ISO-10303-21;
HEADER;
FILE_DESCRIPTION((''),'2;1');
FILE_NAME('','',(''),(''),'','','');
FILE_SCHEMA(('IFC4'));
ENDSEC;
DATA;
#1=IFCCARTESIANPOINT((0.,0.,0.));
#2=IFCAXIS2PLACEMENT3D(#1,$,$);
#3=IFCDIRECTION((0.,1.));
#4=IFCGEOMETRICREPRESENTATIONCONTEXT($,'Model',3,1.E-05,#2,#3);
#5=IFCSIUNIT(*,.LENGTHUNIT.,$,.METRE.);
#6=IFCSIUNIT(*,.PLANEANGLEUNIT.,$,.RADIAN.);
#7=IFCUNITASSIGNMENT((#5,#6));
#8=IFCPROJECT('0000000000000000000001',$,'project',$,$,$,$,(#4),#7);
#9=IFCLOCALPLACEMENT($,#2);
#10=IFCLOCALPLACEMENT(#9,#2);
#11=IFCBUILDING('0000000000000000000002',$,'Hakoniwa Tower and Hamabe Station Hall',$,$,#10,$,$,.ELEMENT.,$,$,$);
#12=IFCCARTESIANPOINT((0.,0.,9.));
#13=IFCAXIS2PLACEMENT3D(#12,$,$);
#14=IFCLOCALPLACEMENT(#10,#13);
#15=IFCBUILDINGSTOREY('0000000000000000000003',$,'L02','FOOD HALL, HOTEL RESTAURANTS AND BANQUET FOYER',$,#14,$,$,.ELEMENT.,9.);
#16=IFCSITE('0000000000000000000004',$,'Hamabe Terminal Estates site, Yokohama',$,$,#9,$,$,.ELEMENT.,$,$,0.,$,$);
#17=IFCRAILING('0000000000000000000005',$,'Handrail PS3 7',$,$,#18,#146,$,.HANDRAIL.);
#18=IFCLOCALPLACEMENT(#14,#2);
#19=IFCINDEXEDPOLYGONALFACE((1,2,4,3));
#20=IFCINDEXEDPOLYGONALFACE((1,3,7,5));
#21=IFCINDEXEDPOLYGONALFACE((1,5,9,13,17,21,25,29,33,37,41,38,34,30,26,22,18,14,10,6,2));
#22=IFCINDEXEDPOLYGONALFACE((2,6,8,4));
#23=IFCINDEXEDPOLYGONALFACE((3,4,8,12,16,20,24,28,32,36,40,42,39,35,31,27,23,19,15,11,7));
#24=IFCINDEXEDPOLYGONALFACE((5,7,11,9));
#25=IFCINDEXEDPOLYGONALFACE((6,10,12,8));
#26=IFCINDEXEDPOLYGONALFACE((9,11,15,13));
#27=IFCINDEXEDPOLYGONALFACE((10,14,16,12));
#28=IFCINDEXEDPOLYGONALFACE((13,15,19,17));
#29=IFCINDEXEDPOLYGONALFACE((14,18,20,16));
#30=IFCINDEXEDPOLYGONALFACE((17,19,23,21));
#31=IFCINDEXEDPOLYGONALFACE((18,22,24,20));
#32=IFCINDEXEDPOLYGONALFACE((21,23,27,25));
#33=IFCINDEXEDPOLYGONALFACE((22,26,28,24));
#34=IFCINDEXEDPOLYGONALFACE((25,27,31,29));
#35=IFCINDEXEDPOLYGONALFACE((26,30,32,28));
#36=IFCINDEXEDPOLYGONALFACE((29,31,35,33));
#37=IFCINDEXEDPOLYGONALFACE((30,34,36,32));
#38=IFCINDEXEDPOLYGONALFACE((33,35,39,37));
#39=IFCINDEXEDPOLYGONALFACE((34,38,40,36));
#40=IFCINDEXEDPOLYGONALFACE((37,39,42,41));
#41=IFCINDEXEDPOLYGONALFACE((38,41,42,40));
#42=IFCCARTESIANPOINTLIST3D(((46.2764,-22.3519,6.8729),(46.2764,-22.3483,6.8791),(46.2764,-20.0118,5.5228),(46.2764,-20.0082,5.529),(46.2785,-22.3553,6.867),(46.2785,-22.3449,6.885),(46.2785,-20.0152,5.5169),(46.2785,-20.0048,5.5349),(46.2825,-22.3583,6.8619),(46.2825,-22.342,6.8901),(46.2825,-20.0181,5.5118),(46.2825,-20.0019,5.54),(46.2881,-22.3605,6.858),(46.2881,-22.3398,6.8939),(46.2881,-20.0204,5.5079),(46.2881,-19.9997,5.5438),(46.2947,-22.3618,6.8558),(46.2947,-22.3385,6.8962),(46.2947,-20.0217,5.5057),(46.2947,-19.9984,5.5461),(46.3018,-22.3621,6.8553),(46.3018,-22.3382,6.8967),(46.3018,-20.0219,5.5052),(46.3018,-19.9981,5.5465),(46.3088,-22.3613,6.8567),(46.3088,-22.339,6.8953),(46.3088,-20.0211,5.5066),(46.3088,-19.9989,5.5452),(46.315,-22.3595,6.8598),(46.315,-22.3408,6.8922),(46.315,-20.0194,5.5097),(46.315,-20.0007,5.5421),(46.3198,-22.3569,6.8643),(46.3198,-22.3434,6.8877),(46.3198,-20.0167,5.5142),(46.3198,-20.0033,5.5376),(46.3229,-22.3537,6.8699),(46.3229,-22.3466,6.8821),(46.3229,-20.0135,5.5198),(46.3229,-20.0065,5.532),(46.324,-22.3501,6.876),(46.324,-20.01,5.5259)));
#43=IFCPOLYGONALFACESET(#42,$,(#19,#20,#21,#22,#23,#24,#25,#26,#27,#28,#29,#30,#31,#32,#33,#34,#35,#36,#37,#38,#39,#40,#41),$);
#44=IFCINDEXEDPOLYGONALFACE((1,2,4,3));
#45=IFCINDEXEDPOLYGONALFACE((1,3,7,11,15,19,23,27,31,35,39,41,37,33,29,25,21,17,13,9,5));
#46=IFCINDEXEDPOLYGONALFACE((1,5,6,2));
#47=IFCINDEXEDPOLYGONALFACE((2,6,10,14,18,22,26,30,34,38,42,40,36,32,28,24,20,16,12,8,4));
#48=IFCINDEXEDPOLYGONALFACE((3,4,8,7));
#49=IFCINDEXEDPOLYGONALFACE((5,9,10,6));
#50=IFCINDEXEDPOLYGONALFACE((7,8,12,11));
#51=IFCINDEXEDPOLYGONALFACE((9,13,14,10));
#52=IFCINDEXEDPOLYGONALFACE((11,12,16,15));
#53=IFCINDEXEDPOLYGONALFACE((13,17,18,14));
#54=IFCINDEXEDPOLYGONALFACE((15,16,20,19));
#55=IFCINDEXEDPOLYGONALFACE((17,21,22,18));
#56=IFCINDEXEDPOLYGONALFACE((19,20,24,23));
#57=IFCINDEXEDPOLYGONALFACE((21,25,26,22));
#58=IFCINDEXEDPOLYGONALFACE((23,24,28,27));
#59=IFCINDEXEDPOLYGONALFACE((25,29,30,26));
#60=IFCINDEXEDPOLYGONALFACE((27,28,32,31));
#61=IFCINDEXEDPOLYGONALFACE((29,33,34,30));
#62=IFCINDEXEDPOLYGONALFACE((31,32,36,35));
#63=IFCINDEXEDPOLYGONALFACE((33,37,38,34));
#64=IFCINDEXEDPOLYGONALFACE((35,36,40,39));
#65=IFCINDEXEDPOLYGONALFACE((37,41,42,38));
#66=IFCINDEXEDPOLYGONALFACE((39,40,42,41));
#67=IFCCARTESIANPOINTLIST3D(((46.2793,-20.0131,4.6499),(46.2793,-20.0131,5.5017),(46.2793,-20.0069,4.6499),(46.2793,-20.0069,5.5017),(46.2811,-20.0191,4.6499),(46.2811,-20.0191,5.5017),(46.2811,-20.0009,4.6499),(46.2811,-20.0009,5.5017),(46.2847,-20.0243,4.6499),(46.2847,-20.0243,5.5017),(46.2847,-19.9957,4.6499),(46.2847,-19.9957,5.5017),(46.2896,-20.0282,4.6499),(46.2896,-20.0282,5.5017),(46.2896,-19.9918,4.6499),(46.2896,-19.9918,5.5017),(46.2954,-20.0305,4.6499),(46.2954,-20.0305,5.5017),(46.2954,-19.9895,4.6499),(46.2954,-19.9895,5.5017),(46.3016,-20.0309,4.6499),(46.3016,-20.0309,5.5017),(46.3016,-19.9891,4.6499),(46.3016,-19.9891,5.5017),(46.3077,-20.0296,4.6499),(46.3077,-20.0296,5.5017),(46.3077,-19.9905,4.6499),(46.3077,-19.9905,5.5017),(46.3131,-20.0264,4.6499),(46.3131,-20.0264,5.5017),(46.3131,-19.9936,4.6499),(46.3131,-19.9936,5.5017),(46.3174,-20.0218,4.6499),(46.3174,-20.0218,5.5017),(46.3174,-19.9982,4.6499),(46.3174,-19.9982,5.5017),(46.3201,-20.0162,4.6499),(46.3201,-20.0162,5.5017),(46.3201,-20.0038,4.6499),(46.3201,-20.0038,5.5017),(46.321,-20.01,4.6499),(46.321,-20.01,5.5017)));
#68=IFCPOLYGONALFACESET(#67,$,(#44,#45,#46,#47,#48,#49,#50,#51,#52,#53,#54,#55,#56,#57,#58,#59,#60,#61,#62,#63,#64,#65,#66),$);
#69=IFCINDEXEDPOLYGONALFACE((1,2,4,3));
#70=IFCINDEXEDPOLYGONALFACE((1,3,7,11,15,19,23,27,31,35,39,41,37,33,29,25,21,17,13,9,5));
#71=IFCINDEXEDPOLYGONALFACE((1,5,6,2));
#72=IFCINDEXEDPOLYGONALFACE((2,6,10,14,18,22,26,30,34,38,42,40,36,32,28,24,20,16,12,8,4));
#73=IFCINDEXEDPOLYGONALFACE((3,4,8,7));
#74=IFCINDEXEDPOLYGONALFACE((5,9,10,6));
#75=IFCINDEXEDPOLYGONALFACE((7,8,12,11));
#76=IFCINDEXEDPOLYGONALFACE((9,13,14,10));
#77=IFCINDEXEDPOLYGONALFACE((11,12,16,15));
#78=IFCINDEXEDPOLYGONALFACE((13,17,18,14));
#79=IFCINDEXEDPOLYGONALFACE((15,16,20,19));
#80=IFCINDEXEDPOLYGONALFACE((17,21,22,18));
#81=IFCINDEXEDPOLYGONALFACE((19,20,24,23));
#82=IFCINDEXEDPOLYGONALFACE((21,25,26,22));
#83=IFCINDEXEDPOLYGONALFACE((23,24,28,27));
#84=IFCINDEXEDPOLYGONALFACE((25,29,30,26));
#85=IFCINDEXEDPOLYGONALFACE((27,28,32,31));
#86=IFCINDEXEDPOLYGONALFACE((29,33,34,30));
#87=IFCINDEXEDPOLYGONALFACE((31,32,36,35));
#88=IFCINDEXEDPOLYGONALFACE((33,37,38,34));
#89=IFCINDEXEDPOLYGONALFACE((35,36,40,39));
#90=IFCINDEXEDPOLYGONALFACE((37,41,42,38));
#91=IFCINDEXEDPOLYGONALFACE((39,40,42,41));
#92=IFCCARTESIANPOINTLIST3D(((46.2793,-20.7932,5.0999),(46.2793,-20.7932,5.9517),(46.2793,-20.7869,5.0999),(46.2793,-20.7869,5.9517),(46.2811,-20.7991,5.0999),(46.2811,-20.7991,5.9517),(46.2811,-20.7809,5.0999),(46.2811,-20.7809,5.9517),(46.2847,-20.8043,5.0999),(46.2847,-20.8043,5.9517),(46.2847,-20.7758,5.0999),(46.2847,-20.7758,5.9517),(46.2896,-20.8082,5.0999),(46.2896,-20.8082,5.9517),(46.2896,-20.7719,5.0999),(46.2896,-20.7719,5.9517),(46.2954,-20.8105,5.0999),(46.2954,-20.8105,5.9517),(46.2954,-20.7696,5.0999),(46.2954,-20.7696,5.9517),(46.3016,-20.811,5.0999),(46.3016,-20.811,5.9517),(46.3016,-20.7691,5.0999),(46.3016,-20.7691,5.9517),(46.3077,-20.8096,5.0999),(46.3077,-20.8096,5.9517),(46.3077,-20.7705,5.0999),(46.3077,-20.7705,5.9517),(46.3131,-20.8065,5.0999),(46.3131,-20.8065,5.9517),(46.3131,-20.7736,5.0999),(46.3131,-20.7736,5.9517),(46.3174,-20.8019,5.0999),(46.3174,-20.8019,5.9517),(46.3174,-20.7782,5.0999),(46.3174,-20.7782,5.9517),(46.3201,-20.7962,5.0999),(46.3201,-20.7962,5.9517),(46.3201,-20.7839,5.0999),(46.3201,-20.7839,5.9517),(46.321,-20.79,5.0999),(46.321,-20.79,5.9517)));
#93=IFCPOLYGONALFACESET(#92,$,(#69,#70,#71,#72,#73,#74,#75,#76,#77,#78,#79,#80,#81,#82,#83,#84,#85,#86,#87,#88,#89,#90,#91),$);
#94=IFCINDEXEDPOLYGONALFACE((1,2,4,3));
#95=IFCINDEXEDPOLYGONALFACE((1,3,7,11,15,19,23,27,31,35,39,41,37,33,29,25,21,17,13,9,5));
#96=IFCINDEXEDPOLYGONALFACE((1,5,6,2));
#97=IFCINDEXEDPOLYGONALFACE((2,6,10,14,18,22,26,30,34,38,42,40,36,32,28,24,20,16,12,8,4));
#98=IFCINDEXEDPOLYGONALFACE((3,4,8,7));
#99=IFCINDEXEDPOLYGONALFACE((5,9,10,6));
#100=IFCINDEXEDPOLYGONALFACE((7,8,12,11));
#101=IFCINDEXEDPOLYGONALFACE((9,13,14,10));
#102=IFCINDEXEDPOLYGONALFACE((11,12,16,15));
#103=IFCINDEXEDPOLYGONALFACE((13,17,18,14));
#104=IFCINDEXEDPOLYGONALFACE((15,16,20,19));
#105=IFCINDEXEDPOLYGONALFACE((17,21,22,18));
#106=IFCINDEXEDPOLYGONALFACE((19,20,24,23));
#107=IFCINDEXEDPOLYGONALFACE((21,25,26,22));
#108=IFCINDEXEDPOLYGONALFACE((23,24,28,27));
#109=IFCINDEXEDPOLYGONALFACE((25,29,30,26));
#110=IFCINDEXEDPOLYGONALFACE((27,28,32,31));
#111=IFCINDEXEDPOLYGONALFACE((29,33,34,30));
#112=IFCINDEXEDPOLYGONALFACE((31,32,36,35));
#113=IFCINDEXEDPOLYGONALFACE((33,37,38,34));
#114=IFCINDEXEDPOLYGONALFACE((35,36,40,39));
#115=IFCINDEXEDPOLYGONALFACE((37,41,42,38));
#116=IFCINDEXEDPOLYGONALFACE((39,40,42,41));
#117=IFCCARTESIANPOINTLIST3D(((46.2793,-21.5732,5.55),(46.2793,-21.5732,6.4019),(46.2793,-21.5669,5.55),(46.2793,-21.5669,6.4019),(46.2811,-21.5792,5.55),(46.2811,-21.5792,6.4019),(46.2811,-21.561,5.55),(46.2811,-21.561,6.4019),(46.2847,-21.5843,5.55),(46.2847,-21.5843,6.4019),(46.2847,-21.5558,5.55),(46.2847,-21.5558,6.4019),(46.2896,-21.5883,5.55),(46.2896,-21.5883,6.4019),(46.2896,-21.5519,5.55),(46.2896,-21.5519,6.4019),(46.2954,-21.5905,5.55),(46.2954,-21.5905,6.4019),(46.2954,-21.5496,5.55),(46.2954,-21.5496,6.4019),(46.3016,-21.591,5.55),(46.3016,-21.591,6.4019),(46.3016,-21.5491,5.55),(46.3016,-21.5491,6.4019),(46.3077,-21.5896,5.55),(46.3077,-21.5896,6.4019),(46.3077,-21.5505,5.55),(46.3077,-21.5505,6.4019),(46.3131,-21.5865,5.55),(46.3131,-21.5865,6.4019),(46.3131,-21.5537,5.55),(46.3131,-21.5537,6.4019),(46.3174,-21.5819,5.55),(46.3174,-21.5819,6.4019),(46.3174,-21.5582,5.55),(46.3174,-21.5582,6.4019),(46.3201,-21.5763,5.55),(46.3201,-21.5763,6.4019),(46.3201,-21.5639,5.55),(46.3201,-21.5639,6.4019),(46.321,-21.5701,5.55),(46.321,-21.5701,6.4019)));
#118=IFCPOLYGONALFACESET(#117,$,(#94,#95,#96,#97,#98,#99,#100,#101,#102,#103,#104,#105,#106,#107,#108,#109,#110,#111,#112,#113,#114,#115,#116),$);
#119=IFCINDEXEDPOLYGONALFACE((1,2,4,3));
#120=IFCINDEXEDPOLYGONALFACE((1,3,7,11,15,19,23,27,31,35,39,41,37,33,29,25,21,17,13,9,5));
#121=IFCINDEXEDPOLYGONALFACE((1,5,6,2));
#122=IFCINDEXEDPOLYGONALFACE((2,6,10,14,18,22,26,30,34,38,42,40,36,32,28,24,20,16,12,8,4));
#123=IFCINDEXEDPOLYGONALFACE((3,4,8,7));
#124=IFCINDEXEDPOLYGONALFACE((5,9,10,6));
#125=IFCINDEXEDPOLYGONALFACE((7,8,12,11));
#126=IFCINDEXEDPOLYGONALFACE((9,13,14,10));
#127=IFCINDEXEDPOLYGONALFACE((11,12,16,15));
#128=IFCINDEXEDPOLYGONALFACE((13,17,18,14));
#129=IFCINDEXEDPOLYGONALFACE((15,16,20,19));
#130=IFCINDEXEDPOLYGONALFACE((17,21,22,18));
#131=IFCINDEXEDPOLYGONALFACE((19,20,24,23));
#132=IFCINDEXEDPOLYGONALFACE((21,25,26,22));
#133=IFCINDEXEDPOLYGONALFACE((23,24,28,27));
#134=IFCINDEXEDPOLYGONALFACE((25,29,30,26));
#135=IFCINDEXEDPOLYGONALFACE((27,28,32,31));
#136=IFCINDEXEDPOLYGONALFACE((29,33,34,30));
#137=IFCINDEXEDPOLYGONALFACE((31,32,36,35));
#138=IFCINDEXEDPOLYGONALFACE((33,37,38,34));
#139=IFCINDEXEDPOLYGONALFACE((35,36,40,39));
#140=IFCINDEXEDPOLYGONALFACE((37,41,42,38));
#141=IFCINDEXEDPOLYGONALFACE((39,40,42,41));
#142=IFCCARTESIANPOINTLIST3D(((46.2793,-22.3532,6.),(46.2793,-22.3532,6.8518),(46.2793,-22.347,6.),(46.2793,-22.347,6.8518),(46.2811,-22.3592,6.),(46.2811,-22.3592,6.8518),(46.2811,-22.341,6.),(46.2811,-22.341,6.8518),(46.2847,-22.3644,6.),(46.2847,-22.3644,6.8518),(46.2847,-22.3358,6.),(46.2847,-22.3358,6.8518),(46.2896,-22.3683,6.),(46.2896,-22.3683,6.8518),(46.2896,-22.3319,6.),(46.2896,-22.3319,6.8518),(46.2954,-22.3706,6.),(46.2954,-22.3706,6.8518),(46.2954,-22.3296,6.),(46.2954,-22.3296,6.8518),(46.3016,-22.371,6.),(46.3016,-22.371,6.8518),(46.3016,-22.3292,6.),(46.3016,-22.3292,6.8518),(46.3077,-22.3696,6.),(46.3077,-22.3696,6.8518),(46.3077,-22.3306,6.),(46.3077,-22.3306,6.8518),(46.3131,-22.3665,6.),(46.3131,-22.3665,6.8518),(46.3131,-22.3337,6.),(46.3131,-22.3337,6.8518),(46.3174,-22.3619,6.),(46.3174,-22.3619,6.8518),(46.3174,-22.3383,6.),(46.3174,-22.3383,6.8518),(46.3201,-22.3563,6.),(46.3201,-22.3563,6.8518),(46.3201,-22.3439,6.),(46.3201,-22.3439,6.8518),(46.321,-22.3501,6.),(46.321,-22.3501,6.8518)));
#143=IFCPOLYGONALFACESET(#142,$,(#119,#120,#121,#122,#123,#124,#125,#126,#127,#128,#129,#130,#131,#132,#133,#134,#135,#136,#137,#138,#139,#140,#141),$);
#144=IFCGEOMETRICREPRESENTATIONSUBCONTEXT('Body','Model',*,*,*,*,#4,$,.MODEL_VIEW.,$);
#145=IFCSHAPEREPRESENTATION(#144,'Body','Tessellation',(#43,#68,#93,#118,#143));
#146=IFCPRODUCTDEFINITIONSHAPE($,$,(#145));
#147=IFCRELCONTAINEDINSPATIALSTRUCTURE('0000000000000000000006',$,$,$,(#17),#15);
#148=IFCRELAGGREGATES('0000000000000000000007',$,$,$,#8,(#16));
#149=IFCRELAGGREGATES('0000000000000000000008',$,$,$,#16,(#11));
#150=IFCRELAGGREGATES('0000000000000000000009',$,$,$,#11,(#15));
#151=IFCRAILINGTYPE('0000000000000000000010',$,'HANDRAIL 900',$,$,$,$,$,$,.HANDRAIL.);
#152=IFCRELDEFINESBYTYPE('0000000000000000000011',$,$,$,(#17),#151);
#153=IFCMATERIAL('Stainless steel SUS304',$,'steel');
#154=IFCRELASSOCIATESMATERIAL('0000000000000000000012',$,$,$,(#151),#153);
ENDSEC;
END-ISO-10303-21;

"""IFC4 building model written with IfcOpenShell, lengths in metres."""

from ifc_helpers import new_model, si_unit, direction, frame, origin, origin_2d, place, context, subcontext, project, spatial, circle, extrude, material, type_object, element, save


model = new_model("IFC4")

# Units and contexts
model_context = context("Model", 3, precision=1e-05, world=origin(), true_north=direction((0.0, 1.0)))
body_context = subcontext(model_context, "Body", "Model", "MODEL_VIEW")
ifc_project = project(units=[si_unit("LENGTHUNIT", "METRE"), si_unit("PLANEANGLEUNIT", "RADIAN")], contexts=[model_context])

# Site, building, storey
site_placement = place(None, origin())
site = spatial("IfcSite", under=ifc_project, at=site_placement, Name="Hamabe Terminal Estates site, Yokohama", CompositionType="ELEMENT", RefElevation=0.0)
building_placement = place(site_placement, origin())
building = spatial("IfcBuilding", under=site, at=building_placement, Name="Hakoniwa Tower and Hamabe Station Hall", CompositionType="ELEMENT")
storey_placement = place(building_placement, frame((0.0, 0.0, 9.0)))
storey = spatial("IfcBuildingStorey", under=building, at=storey_placement, Name="L02", Description="FOOD HALL, HOTEL RESTAURANTS AND BANQUET FOYER", CompositionType="ELEMENT", Elevation=9.0)

# Railing
ifc_material_1 = material(Name="Stainless steel SUS304", Category="steel")
railing_type_1 = type_object("IfcRailingType", Name="HANDRAIL 900", PredefinedType="HANDRAIL", material=ifc_material_1)
for number, where, name in (
    (1, (46.3, -20.01, 4.6499), "Handrail PS3 7"),
):
    element("IfcRailing", number, at=place(storey_placement, frame(where)), inside=storey, type_object=railing_type_1, Name=name, PredefinedType="HANDRAIL", context=body_context, shape_type="SweptSolid", body=[
        extrude(circle(Radius=0.0239, at=origin_2d()), frame((0.0, 0.0, 0.876), z_axis=(0.0, -0.866178, 0.499735), x_axis=(1.0, 0.0, 0.0)), (0.0, 0.0, 1.0), 2.7017),
        extrude(circle(Radius=0.021, at=origin_2d()), origin(), (0.0, 0.0, 1.0), 0.8518),
        extrude(circle(Radius=0.021, at=origin_2d()), frame((0.0, -0.78, 0.45)), (0.0, 0.0, 1.0), 0.8518),
        extrude(circle(Radius=0.021, at=origin_2d()), frame((0.0, -1.5601, 0.9001)), (0.0, 0.0, 1.0), 0.8518),
        extrude(circle(Radius=0.021, at=origin_2d()), frame((0.0, -2.3401, 1.3501)), (0.0, 0.0, 1.0), 0.8518),
    ])

save(model, "model.ifc")
